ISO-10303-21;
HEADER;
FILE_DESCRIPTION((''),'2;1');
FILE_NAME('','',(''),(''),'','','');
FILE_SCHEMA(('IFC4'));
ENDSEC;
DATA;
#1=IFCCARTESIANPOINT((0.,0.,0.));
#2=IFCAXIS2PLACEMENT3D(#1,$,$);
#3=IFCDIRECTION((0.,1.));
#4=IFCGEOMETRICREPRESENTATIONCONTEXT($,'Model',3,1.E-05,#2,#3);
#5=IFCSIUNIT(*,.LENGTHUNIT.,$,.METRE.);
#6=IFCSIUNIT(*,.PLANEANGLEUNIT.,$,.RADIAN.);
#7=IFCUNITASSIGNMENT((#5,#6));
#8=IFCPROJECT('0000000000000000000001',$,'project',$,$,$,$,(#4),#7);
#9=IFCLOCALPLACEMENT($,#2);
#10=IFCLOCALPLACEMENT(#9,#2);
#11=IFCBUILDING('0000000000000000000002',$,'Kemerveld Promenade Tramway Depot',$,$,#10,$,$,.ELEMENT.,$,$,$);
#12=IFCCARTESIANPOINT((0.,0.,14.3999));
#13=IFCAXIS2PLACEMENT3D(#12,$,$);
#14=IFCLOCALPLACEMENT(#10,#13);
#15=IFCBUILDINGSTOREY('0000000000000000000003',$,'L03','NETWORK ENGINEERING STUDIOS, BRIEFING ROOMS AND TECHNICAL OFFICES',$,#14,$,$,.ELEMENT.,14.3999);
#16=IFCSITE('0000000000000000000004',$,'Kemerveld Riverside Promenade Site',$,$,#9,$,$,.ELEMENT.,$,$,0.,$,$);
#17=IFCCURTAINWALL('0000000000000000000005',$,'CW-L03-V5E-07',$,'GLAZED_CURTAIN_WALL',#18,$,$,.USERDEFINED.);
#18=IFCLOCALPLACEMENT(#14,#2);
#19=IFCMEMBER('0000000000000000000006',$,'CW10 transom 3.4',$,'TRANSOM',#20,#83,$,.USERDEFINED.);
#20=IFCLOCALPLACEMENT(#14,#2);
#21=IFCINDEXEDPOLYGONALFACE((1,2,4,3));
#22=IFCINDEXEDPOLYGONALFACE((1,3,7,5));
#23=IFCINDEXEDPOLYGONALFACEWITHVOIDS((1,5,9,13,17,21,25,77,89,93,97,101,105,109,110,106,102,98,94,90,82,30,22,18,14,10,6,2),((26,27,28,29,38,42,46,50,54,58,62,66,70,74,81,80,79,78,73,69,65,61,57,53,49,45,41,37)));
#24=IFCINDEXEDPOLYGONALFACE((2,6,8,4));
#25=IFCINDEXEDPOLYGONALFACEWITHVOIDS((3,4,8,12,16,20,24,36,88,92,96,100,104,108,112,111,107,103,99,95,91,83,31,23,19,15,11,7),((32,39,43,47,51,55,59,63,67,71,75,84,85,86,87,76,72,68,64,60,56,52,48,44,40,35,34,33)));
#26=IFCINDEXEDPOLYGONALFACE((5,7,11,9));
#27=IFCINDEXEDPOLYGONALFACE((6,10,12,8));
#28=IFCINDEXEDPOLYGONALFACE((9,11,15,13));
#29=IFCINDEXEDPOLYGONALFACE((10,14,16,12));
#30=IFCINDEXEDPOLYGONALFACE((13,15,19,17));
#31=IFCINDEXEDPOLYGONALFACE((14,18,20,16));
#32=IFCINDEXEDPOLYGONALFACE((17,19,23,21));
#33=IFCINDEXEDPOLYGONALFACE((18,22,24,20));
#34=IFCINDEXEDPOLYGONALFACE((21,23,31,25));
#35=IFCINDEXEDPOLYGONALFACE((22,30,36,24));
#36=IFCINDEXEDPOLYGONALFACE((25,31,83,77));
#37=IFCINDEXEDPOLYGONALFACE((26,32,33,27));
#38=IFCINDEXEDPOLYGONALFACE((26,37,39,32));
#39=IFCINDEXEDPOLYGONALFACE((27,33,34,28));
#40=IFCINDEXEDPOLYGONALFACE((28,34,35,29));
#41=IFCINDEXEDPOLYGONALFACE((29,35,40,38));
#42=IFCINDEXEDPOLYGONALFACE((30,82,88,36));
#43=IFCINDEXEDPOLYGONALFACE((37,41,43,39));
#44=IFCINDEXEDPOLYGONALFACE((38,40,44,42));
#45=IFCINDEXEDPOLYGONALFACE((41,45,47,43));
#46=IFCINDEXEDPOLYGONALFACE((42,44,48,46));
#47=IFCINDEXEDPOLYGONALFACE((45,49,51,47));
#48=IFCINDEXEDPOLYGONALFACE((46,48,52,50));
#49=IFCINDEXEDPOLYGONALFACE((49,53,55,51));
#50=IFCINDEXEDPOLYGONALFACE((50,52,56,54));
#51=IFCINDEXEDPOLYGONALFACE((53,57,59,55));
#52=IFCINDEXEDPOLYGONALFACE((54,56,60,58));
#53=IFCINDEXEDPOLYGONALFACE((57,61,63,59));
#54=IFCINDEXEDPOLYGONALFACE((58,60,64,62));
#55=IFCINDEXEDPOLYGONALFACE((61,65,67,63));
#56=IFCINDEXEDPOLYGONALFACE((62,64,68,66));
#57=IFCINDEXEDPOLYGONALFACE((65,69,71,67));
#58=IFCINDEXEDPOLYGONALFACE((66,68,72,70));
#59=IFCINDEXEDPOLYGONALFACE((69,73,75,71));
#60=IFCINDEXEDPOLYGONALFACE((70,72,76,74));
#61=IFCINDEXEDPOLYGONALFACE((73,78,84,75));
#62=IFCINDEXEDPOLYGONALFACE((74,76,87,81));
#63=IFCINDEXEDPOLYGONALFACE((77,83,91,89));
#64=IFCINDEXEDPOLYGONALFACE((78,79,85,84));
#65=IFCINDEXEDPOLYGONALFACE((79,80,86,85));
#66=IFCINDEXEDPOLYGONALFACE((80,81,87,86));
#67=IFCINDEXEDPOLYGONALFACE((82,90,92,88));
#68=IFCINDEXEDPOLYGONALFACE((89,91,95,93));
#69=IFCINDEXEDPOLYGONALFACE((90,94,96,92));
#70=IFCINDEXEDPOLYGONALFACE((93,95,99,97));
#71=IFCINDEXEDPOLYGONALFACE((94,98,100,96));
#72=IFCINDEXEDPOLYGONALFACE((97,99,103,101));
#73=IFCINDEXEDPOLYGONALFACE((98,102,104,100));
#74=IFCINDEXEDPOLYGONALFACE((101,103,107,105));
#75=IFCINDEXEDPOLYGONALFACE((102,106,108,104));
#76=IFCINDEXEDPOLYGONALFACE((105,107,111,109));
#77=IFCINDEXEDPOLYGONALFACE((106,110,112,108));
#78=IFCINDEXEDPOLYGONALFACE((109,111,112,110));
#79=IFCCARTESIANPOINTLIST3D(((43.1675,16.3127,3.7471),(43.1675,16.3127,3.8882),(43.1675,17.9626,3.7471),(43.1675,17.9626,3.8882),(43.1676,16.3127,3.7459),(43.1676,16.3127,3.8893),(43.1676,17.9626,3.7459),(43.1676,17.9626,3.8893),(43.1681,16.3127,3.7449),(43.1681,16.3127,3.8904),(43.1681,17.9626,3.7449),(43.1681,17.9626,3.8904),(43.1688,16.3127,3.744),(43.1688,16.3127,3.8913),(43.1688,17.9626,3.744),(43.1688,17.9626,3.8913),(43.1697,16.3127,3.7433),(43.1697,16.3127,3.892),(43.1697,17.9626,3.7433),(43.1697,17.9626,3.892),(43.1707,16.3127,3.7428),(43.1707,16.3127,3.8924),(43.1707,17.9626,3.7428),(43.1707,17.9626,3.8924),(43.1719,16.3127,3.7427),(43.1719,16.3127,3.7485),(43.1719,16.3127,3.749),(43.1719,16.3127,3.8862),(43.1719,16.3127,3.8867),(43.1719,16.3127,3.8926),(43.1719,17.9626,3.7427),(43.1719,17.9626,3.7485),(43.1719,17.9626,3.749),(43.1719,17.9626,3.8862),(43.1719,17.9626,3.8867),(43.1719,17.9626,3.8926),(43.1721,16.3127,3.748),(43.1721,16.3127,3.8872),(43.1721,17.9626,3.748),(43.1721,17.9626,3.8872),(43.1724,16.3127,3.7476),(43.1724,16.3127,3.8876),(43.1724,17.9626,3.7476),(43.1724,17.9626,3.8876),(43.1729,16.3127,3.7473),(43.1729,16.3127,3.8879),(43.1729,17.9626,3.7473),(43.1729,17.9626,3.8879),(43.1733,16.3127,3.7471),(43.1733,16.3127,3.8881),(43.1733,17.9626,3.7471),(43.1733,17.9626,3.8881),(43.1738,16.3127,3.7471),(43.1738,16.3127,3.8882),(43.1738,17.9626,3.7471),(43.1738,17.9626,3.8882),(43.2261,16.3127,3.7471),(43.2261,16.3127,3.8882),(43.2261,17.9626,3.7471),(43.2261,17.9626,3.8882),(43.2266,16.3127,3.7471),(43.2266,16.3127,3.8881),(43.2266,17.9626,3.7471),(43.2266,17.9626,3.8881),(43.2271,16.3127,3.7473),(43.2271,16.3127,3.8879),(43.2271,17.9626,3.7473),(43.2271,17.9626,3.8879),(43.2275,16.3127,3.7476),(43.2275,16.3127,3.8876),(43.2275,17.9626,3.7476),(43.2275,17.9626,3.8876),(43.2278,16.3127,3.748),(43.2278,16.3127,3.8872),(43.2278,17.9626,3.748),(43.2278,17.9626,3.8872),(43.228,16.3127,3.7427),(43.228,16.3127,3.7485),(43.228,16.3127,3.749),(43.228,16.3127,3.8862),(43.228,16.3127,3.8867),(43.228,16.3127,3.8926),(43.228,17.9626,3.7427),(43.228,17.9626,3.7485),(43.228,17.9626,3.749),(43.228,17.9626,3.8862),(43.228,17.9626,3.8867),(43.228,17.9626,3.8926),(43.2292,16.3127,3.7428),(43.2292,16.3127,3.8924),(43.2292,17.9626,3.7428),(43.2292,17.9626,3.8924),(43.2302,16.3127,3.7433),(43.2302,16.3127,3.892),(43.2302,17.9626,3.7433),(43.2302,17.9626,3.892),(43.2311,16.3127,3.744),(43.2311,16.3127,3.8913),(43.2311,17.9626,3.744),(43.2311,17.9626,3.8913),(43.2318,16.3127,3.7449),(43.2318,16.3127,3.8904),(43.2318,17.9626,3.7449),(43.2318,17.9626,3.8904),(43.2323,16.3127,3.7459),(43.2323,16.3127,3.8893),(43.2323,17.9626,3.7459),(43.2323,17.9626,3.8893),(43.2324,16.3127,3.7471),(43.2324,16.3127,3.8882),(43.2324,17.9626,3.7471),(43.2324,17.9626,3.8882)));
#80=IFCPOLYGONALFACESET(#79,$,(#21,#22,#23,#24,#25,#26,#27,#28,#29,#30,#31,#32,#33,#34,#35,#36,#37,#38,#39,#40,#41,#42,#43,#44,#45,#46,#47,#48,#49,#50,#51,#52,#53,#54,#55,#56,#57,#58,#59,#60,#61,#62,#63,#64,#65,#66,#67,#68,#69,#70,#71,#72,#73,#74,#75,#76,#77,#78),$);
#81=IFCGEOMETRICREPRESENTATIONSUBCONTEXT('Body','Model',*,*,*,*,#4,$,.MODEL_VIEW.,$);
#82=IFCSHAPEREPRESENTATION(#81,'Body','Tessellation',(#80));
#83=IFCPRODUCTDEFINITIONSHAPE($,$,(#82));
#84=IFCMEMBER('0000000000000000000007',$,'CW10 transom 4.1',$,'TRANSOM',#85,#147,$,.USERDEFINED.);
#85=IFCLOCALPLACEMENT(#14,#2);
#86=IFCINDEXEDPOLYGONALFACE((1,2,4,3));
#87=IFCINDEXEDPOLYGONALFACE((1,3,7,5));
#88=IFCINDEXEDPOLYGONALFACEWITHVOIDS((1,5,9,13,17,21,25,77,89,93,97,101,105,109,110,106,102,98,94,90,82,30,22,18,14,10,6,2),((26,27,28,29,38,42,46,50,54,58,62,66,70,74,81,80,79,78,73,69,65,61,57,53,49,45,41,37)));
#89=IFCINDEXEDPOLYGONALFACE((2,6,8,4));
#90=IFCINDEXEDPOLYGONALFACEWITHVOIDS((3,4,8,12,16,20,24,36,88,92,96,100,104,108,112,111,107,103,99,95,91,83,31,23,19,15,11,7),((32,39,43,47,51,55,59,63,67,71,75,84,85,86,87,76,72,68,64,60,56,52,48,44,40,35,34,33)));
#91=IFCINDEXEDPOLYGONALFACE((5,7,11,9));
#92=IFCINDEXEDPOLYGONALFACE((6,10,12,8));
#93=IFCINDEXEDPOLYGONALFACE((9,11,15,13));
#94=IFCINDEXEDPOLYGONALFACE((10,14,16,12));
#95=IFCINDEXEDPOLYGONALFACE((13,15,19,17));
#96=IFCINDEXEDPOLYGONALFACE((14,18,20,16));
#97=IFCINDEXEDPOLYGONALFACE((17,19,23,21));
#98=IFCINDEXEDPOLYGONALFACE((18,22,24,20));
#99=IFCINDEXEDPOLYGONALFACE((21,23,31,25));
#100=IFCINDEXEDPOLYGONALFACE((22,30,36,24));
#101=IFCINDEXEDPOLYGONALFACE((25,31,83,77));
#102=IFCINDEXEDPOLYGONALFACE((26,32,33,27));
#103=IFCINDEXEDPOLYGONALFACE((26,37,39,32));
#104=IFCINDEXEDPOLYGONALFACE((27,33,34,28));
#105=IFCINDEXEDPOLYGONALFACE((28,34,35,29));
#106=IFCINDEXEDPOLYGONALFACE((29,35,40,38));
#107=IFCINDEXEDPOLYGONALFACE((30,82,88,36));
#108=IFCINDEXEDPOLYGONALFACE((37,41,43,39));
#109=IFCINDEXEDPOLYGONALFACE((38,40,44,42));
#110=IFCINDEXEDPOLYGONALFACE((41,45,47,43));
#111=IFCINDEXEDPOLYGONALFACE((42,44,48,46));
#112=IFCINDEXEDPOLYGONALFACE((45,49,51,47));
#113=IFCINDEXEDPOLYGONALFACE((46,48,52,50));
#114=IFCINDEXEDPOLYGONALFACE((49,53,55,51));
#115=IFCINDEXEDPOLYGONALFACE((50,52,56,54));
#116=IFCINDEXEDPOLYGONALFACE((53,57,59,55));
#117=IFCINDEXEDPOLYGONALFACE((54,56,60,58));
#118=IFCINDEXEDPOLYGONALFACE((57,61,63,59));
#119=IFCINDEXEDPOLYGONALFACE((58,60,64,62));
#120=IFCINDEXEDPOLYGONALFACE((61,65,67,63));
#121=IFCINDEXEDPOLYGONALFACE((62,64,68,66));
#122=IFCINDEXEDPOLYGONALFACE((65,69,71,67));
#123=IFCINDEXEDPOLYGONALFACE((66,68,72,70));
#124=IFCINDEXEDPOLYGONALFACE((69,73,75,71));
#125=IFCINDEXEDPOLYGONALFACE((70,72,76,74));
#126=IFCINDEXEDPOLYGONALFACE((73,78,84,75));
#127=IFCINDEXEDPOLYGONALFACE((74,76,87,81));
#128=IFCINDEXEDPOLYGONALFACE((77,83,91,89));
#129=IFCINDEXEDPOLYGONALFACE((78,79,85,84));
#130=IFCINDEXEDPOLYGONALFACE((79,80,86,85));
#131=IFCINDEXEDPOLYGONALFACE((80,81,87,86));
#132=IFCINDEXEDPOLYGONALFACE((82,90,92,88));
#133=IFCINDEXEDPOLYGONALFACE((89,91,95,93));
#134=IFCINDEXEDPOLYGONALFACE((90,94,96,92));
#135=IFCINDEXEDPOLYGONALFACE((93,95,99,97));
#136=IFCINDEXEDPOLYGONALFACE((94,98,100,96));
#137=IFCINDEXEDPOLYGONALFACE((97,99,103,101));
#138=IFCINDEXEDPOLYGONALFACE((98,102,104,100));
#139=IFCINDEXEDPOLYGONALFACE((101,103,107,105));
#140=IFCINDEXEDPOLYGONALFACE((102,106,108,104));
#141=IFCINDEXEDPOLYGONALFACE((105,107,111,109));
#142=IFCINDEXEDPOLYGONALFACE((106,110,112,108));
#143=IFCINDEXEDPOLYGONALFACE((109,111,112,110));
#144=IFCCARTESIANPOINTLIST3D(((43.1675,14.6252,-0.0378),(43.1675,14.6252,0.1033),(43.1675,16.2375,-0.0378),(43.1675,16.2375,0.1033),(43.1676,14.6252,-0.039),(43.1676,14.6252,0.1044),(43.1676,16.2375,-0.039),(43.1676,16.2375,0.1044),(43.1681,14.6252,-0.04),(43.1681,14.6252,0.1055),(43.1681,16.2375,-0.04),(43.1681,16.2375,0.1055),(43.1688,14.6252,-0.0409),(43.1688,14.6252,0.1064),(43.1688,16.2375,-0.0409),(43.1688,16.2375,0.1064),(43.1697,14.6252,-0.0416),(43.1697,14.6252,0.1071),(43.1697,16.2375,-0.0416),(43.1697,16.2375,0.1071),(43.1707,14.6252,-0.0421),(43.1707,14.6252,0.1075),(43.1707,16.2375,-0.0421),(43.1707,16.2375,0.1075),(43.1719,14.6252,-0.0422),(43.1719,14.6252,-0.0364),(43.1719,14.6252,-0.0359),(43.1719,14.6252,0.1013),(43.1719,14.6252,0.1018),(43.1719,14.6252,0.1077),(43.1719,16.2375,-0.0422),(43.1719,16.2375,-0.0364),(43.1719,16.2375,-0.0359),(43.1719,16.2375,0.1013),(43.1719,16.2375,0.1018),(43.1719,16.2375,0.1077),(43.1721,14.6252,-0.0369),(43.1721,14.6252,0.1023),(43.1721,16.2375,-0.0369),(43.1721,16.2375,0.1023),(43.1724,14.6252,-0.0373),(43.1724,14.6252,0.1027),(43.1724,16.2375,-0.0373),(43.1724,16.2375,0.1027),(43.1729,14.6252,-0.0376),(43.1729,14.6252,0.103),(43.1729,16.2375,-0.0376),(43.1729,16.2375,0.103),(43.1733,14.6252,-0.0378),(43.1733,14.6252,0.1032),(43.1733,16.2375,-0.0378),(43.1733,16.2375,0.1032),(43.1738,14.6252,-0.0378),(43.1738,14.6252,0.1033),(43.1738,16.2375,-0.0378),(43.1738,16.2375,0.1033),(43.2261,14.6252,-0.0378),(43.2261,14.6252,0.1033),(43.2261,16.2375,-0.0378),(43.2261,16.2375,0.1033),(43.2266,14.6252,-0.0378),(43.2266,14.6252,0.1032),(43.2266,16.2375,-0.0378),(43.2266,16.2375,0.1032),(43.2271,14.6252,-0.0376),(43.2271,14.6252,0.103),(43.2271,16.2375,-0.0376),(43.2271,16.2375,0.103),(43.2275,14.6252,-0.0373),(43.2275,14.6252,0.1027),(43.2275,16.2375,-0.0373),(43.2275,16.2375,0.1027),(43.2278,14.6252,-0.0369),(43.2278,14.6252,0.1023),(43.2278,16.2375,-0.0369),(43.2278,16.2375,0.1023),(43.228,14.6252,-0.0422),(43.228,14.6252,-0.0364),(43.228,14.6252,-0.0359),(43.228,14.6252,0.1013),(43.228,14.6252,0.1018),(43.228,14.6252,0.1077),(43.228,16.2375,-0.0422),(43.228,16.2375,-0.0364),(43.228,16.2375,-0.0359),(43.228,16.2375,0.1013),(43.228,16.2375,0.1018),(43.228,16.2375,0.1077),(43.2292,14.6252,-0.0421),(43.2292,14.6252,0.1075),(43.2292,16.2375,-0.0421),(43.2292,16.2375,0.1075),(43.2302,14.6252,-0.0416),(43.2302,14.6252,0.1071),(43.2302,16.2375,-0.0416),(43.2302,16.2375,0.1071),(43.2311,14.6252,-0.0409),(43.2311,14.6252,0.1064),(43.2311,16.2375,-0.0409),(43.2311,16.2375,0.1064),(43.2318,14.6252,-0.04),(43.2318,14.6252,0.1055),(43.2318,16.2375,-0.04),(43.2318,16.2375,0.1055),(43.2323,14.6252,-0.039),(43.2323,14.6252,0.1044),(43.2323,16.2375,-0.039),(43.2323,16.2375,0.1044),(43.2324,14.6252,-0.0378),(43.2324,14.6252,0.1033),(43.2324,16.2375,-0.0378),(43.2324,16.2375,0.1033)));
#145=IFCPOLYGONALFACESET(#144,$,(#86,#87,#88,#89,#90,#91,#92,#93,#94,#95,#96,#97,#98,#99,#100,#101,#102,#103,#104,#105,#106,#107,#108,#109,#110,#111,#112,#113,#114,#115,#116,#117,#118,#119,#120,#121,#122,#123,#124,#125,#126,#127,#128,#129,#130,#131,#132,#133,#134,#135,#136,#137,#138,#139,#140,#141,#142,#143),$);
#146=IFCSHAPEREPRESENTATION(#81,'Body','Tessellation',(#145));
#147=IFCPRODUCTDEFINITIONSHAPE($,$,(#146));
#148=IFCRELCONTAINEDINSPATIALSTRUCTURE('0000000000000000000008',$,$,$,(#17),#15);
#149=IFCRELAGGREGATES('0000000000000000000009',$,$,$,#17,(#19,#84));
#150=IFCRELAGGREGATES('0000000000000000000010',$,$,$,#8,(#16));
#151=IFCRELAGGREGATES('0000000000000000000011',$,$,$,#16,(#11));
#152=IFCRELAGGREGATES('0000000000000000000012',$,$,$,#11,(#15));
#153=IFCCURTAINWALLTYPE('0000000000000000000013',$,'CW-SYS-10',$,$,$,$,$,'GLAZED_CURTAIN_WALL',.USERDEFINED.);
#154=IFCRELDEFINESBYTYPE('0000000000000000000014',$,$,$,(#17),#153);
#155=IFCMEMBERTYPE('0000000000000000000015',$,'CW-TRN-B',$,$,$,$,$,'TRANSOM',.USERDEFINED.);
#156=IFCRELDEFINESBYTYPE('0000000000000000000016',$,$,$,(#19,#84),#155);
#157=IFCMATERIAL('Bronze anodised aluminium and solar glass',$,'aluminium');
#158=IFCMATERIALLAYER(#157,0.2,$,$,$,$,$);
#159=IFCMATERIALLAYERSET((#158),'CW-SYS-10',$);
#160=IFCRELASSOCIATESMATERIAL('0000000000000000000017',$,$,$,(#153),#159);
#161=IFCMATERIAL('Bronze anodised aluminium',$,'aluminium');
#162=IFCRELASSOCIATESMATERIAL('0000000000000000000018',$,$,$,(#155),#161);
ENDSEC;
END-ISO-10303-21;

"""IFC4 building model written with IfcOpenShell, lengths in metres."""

from ifc_helpers import new_model, si_unit, direction, frame, origin, origin_2d, place, context, subcontext, project, spatial, hollow_rectangle, extrude, material, layer, layer_set, material_profile, profile_set, type_object, element, aggregate, save


model = new_model("IFC4")

# Units and contexts
model_context = context("Model", 3, precision=1e-05, world=origin(), true_north=direction((0.0, 1.0)))
body_context = subcontext(model_context, "Body", "Model", "MODEL_VIEW")
ifc_project = project(units=[si_unit("LENGTHUNIT", "METRE"), si_unit("PLANEANGLEUNIT", "RADIAN")], contexts=[model_context])

# Site, building, storey
site_placement = place(None, origin())
site = spatial("IfcSite", under=ifc_project, at=site_placement, Name="Kemerveld Riverside Promenade Site", CompositionType="ELEMENT", RefElevation=0.0)
building_placement = place(site_placement, origin())
building = spatial("IfcBuilding", under=site, at=building_placement, Name="Kemerveld Promenade Tramway Depot", CompositionType="ELEMENT")
storey_placement = place(building_placement, frame((0.0, 0.0, 14.3999)))
storey = spatial("IfcBuildingStorey", under=building, at=storey_placement, Name="L03", Description="NETWORK ENGINEERING STUDIOS, BRIEFING ROOMS AND TECHNICAL OFFICES", CompositionType="ELEMENT", Elevation=14.3999)

# Curtain wall
ifc_material_1 = material(Name="Bronze anodised aluminium and solar glass", Category="aluminium")
ifc_layer_1 = layer(ifc_material_1, 0.2)
ifc_layer_set_1 = layer_set([ifc_layer_1], Name="CW-SYS-10")
curtain_wall_type_1 = type_object("IfcCurtainWallType", Name="CW-SYS-10", ElementType="GLAZED_CURTAIN_WALL", PredefinedType="USERDEFINED", material=ifc_layer_set_1)
curtain_wall_1_placement = place(storey_placement, origin())
curtain_wall_1 = element("IfcCurtainWall", 1, at=curtain_wall_1_placement, inside=storey, type_object=curtain_wall_type_1, Name="CW-L03-V5E-07", ObjectType="GLAZED_CURTAIN_WALL", PredefinedType="USERDEFINED")
ifc_material_2 = material(Name="Bronze anodised aluminium", Category="aluminium")

# Members
ifc_material_profile_1 = material_profile(ifc_material_2, hollow_rectangle(XDim=0.0649, YDim=0.1499, WallThickness=0.0044, InnerFilletRadius=0.002, OuterFilletRadius=0.0044, at=origin_2d()), Name="CW-TRN-150x65")
ifc_profile_set_1 = profile_set([ifc_material_profile_1], Name="Bronze anodised aluminium")
member_type_1 = type_object("IfcMemberType", Name="CW-TRN-B", ElementType="TRANSOM", PredefinedType="USERDEFINED", material=ifc_profile_set_1)
member_1_placement = place(storey_placement, frame((43.2, 17.9626, 3.8176), z_axis=(0.0, -1.0, 0.0), x_axis=(1.0, 0.0, 0.0)))
member_1 = element("IfcMember", 2, at=member_1_placement, type_object=member_type_1, Name="CW10 transom 3.4", ObjectType="TRANSOM", PredefinedType="USERDEFINED", context=body_context, shape_type="SweptSolid", body=[
    extrude(hollow_rectangle(XDim=0.0649, YDim=0.1499, WallThickness=0.0044, InnerFilletRadius=0.002, OuterFilletRadius=0.0044, at=origin_2d()), origin(), (0.0, 0.0, 1.0), 1.6499),
])
member_2_placement = place(storey_placement, frame((43.2, 16.2375, 0.0327), z_axis=(0.0, -1.0, 0.0), x_axis=(1.0, 0.0, 0.0)))
member_2 = element("IfcMember", 3, at=member_2_placement, type_object=member_type_1, Name="CW10 transom 4.1", ObjectType="TRANSOM", PredefinedType="USERDEFINED", context=body_context, shape_type="SweptSolid", body=[
    extrude(hollow_rectangle(XDim=0.0649, YDim=0.1499, WallThickness=0.0044, InnerFilletRadius=0.002, OuterFilletRadius=0.0044, at=origin_2d()), origin(), (0.0, 0.0, 1.0), 1.6123),
])

aggregate(curtain_wall_1, [member_1, member_2])

save(model, "model.ifc")
